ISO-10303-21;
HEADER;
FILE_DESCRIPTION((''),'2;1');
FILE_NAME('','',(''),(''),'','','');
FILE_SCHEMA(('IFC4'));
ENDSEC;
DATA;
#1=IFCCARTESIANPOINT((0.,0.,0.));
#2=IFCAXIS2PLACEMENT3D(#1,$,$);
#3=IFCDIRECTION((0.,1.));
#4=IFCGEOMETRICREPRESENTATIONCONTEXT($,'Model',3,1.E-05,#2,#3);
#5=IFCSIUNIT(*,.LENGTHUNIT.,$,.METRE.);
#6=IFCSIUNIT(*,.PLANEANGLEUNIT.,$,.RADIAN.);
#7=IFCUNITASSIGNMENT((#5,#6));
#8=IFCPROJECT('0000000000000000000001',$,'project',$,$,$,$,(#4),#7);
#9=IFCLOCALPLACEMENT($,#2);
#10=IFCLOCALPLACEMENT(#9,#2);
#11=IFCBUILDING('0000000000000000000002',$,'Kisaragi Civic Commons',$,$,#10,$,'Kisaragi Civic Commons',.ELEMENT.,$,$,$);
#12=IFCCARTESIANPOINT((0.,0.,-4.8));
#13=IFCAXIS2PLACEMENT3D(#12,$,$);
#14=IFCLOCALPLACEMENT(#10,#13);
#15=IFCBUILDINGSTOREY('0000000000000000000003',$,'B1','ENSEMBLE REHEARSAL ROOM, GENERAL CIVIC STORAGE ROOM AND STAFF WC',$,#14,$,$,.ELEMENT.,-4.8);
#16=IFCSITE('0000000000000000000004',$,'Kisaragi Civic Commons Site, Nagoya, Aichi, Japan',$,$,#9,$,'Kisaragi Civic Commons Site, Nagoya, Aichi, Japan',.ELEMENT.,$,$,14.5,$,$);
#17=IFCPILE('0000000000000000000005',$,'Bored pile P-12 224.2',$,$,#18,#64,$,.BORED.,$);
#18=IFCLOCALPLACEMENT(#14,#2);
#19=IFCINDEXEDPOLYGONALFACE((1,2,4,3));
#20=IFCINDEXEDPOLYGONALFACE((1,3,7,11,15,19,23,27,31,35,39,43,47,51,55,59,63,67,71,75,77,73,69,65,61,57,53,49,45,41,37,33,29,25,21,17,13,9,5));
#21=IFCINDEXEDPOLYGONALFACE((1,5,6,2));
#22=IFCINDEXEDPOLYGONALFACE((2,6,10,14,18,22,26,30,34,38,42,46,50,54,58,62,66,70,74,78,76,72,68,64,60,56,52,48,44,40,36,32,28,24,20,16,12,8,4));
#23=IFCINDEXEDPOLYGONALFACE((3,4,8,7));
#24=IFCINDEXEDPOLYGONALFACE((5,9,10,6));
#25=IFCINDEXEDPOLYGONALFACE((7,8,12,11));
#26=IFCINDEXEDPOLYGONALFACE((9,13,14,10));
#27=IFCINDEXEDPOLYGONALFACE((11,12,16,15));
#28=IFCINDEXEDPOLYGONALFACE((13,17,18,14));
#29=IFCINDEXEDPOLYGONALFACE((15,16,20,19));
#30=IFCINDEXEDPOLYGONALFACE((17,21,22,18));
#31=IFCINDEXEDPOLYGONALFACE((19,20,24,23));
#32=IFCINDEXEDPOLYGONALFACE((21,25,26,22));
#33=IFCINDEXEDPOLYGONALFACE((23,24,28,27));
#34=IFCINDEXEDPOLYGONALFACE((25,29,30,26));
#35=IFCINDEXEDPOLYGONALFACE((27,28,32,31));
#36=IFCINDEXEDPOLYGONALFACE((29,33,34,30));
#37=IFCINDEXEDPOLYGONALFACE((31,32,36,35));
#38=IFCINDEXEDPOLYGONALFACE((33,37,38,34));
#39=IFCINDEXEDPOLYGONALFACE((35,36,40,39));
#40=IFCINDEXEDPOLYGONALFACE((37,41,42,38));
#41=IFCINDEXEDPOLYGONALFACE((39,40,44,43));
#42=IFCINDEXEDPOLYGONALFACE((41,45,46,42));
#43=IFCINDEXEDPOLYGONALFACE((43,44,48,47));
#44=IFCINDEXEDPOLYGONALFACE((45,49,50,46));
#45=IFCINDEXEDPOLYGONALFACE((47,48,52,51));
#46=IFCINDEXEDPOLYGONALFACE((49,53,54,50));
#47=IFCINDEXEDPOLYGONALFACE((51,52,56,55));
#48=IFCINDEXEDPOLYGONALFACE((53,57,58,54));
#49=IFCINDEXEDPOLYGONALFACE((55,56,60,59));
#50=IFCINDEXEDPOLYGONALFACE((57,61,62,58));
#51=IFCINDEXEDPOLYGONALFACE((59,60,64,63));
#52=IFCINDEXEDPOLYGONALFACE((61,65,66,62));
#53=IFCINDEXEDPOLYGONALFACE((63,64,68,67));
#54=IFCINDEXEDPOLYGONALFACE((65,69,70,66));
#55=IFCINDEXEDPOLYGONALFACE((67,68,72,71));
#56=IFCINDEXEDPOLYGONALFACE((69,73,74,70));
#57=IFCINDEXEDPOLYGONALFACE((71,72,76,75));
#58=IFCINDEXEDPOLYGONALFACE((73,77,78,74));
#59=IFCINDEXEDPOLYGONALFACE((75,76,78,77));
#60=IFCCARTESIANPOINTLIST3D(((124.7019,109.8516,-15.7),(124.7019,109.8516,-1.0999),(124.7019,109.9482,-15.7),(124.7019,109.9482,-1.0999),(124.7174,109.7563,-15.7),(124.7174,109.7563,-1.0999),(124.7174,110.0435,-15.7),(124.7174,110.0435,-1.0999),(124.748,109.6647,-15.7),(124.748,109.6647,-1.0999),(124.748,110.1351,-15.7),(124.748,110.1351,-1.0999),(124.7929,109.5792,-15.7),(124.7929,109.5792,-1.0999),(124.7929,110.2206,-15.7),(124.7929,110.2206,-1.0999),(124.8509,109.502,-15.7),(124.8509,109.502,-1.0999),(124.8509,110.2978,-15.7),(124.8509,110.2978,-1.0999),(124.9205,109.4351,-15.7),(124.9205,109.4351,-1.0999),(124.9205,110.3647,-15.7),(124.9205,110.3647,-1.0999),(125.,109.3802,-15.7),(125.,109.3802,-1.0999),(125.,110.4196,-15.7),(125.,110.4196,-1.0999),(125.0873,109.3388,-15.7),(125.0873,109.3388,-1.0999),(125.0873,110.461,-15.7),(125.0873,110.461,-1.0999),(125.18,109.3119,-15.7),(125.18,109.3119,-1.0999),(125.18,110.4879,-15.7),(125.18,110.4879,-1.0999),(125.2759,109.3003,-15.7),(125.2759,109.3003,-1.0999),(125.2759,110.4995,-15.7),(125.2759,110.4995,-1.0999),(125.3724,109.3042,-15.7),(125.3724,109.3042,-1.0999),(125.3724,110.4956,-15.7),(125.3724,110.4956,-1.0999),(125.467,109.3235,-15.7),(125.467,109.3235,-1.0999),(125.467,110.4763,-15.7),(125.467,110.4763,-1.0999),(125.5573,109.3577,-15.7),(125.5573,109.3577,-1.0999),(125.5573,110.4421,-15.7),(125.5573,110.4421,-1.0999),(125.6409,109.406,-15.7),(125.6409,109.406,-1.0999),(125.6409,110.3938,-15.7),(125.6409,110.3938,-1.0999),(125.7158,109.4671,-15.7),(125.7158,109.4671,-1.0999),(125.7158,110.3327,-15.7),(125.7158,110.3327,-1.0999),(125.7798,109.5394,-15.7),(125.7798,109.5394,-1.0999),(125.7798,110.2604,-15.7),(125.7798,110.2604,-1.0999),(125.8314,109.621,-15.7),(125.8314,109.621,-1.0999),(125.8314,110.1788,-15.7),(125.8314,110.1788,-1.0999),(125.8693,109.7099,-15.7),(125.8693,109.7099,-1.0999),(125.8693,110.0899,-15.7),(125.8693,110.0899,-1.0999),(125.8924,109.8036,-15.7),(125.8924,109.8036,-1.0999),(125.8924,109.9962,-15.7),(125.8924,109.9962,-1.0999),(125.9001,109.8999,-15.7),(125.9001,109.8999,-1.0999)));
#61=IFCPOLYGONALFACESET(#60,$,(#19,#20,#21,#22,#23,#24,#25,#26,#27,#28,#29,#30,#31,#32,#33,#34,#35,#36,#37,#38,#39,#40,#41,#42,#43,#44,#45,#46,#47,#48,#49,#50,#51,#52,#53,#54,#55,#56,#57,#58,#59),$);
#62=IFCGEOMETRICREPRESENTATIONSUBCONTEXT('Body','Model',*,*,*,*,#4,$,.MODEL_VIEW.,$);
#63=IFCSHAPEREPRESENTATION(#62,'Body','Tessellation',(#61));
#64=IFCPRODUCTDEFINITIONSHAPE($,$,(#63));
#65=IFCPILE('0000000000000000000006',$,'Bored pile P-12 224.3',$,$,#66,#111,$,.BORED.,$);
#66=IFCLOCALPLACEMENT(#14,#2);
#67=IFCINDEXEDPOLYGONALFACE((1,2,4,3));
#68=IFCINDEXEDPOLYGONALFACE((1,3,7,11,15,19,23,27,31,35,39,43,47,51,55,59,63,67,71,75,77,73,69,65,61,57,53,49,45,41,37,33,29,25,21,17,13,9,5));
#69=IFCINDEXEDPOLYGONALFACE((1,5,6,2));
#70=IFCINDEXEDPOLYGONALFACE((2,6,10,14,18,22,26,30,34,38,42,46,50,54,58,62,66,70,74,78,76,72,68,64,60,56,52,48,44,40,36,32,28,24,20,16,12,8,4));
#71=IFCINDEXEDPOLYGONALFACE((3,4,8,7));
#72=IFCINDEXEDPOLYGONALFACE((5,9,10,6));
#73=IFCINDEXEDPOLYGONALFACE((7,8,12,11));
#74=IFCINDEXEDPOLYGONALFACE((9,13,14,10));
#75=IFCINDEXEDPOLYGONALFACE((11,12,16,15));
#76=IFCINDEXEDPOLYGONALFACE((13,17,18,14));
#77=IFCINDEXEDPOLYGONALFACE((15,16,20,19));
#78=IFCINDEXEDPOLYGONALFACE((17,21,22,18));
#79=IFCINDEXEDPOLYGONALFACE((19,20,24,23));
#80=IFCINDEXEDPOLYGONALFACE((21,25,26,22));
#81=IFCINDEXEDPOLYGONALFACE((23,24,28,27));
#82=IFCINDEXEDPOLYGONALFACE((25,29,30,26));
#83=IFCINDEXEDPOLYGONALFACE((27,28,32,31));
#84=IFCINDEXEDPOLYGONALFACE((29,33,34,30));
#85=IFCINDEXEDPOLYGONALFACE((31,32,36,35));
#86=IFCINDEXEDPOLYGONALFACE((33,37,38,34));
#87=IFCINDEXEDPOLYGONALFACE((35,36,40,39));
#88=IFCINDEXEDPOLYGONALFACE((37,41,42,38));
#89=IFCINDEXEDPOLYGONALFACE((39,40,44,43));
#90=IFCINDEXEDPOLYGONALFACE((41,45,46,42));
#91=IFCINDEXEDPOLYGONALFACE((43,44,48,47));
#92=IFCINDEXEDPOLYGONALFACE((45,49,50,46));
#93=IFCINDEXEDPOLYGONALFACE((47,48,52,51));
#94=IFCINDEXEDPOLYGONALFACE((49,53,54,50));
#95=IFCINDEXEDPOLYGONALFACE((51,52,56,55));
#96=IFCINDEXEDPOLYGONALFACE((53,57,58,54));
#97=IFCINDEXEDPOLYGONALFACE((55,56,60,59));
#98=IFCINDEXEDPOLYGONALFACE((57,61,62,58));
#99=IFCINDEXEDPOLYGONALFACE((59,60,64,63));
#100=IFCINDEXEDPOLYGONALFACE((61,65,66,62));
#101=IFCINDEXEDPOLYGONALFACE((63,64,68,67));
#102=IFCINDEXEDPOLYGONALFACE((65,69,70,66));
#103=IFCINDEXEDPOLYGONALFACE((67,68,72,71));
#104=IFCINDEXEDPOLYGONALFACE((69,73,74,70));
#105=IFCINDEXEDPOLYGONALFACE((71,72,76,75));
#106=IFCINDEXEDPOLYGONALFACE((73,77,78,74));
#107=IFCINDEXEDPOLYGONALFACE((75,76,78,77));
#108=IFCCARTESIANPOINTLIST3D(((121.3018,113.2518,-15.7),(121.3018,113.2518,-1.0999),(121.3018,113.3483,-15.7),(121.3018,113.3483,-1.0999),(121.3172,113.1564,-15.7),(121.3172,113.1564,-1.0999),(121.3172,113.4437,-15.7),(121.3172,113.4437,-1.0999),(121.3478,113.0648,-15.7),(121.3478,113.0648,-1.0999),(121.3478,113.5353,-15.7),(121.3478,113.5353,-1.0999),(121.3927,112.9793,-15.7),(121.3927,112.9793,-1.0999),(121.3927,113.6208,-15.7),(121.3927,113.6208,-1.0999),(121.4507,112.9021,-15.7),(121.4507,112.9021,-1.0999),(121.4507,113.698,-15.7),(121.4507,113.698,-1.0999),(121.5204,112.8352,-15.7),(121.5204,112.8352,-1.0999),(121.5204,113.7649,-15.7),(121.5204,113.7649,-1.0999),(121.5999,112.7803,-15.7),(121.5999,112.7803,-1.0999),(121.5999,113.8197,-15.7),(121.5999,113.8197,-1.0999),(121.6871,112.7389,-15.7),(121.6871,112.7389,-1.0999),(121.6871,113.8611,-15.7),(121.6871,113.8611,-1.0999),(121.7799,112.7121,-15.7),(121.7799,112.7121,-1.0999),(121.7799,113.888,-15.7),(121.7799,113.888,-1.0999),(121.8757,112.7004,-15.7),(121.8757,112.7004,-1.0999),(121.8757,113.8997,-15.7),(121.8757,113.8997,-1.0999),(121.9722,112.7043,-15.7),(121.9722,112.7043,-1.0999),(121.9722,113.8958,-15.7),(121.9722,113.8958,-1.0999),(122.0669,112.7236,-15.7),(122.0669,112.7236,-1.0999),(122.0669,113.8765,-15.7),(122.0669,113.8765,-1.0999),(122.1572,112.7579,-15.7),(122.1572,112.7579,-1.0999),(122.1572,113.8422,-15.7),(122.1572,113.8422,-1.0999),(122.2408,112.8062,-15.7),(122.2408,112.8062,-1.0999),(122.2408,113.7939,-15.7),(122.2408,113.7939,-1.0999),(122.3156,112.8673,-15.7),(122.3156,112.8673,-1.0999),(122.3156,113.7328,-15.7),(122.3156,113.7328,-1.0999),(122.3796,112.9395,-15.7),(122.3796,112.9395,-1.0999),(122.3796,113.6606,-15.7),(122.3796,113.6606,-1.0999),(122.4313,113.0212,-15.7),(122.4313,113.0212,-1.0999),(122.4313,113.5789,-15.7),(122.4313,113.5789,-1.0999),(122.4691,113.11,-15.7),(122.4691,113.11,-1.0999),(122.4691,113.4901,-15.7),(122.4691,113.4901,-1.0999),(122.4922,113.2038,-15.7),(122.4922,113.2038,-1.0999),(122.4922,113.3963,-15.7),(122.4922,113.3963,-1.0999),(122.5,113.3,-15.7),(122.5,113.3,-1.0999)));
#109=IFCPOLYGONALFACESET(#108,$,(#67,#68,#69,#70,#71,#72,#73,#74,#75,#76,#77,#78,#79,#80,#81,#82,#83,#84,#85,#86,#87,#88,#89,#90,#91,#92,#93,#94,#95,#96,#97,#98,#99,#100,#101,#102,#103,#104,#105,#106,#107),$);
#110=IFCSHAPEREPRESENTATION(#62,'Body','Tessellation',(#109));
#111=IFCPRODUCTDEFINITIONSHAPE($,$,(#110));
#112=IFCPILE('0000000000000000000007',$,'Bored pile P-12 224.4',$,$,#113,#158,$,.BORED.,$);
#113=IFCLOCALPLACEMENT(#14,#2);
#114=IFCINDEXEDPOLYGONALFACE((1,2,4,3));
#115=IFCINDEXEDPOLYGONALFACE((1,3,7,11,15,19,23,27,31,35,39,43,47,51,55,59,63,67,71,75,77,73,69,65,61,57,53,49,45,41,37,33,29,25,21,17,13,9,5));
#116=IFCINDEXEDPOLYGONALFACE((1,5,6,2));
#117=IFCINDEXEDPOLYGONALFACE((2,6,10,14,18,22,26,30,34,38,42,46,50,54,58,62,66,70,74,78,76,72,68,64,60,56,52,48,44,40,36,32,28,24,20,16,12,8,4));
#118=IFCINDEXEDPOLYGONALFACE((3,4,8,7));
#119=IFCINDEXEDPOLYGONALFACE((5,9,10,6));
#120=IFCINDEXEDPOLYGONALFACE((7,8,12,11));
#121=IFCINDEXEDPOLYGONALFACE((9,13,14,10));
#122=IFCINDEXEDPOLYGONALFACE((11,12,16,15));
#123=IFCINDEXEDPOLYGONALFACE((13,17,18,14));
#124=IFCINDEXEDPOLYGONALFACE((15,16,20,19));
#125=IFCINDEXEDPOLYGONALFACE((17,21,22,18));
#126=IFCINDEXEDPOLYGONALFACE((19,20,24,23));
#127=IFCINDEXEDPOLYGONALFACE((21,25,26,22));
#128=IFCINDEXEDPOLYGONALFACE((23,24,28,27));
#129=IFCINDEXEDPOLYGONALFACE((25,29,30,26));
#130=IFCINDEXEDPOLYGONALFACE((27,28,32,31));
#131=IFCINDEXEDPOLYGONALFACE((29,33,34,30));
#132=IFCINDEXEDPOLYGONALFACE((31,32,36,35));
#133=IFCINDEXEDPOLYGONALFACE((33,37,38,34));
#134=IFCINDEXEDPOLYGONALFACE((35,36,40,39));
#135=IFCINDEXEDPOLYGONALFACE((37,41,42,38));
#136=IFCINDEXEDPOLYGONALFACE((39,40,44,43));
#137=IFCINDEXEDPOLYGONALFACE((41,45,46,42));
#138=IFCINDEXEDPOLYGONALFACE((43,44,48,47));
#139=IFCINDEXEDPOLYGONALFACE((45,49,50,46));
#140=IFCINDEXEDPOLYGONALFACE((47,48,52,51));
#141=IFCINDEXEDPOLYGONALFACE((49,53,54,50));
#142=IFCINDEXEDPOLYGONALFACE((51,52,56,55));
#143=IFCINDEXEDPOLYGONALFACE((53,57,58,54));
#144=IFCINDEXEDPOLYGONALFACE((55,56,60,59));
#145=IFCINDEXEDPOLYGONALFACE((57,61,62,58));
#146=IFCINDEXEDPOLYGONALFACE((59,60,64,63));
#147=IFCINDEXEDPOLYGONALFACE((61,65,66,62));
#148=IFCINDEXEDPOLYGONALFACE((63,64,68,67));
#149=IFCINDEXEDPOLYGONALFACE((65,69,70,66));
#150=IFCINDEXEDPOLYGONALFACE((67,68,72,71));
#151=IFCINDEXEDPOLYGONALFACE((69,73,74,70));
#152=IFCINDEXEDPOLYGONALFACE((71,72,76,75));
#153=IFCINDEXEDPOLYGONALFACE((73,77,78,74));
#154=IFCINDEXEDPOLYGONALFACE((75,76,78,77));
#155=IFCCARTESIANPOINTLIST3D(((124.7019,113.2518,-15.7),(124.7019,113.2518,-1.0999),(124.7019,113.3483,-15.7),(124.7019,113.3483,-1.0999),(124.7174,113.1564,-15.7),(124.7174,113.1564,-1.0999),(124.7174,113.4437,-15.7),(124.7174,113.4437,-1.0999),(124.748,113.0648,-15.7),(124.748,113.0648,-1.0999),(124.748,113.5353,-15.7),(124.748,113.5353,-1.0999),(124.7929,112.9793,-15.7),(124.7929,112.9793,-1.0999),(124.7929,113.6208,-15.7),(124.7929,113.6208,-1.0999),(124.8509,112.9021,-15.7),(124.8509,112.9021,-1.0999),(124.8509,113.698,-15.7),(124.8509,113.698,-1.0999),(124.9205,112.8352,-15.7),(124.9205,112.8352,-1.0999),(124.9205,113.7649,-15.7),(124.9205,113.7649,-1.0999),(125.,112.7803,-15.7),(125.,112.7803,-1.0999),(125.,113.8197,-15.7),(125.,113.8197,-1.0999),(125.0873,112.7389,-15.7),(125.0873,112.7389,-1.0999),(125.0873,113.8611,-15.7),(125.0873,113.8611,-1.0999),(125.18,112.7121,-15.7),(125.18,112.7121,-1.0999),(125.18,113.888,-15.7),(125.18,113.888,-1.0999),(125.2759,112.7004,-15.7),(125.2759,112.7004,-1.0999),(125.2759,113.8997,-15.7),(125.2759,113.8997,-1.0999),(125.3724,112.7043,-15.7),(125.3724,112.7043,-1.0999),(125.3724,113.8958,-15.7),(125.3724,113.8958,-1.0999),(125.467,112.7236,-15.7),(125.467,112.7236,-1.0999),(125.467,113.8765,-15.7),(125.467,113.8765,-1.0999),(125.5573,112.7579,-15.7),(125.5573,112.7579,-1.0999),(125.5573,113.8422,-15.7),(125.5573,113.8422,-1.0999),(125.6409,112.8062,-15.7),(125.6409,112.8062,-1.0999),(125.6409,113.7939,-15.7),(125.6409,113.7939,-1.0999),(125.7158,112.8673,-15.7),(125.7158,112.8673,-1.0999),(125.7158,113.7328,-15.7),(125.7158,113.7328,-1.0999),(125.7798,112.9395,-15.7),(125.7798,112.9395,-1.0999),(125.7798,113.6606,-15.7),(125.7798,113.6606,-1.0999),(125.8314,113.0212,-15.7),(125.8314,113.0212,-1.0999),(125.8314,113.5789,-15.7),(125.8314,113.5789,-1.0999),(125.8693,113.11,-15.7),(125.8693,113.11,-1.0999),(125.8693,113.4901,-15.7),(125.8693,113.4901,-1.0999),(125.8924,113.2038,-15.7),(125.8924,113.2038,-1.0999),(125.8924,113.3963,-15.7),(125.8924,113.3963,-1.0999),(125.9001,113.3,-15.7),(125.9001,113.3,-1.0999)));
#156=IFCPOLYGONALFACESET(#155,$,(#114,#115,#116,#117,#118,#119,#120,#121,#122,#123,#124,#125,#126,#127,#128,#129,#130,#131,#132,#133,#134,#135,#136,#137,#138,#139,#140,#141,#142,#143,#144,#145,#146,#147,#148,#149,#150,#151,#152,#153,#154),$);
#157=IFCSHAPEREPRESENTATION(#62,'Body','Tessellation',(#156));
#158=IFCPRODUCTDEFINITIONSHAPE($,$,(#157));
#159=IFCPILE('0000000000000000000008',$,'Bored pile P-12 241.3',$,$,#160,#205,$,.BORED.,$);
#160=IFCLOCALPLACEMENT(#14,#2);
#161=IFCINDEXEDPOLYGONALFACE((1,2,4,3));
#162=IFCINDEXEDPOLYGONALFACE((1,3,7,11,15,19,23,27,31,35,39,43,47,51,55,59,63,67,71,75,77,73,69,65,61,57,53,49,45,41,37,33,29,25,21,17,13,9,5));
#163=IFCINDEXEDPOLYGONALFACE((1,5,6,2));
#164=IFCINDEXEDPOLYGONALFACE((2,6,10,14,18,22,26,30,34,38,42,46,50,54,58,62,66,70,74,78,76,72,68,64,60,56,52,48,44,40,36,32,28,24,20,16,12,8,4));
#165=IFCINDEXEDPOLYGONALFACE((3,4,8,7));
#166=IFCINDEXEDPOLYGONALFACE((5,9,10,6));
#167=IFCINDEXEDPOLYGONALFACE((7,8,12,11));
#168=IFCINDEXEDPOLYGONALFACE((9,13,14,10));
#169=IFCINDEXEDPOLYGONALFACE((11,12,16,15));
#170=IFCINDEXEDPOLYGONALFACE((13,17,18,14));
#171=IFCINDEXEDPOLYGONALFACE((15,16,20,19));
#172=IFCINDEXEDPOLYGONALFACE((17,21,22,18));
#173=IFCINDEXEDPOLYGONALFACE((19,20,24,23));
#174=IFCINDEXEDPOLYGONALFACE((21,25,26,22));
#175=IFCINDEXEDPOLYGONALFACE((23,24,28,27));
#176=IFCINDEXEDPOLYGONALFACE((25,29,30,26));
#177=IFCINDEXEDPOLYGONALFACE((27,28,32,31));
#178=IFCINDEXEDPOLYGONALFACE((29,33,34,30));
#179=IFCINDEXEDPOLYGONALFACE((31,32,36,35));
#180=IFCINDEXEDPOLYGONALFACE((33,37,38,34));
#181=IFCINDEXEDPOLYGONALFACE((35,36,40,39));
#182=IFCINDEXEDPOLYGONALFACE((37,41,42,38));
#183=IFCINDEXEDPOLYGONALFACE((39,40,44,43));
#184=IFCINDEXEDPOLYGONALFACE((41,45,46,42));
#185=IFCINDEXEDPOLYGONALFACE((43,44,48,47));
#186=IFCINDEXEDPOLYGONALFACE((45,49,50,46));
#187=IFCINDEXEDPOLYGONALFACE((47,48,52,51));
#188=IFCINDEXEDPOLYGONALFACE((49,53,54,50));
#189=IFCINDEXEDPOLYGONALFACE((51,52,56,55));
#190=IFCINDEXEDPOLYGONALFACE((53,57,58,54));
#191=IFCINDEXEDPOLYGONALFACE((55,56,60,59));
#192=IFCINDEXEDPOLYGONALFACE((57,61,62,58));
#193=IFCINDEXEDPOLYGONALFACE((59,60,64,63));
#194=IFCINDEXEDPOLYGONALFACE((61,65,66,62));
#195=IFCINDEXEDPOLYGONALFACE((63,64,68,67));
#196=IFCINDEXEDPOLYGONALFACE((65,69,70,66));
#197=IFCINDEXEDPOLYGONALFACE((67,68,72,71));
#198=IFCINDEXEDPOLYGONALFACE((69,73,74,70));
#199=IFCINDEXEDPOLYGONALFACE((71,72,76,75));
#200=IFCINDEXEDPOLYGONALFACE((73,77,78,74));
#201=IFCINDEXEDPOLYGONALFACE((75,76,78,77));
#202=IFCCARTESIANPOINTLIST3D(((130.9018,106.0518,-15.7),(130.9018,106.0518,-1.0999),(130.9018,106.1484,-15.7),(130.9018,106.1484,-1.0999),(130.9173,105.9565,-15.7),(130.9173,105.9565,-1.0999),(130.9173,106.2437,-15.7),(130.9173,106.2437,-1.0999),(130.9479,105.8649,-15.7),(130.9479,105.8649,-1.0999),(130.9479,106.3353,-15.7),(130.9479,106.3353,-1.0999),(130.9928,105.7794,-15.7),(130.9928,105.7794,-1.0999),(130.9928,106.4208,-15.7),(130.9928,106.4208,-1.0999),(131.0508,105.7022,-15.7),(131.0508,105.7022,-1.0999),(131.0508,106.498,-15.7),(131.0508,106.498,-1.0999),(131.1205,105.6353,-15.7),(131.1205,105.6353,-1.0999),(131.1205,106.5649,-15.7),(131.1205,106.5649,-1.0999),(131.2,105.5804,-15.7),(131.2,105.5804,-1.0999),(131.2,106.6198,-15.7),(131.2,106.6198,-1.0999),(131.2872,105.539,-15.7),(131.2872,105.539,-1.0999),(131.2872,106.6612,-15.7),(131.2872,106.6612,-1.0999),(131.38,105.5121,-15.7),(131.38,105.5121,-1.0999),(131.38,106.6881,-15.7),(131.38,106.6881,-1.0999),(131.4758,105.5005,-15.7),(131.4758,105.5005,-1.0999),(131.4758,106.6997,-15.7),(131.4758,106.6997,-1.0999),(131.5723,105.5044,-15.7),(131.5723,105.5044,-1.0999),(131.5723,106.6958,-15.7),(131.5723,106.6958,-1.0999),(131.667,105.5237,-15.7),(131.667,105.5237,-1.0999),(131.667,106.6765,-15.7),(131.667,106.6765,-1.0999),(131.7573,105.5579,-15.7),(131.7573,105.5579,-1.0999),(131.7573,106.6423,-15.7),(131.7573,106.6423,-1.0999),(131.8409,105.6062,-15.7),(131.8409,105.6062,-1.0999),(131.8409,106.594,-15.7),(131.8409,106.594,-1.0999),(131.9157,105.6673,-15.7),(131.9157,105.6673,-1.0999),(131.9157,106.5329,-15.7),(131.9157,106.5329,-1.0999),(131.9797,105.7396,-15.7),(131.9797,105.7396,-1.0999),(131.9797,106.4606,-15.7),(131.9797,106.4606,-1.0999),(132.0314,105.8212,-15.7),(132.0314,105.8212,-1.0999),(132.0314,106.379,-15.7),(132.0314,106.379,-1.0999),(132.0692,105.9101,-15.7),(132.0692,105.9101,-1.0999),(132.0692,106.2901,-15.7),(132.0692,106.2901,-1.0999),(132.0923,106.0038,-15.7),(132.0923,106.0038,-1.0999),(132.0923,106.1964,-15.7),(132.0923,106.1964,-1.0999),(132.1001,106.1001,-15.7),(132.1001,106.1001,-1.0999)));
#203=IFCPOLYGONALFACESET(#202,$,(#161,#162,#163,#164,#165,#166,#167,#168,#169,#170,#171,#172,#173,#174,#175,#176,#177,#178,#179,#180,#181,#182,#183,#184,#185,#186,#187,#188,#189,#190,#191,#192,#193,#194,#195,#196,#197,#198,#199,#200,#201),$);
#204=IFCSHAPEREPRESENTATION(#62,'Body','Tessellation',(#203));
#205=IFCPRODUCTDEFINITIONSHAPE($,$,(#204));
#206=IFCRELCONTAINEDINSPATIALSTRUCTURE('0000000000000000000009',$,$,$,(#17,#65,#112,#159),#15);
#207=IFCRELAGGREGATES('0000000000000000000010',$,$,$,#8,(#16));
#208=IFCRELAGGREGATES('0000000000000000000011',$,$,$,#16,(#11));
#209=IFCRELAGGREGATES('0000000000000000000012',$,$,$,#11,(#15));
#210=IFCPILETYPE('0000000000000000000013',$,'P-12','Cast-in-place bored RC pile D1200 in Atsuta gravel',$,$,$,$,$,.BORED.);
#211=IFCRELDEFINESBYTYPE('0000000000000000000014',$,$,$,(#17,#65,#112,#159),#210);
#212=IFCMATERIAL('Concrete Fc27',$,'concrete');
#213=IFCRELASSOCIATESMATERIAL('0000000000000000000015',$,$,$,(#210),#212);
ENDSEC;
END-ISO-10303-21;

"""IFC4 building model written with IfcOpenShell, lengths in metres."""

from ifc_helpers import new_model, si_unit, direction, frame, origin, origin_2d, place, context, subcontext, project, spatial, circle, extrude, material, material_profile, profile_set, type_object, element, save


model = new_model("IFC4")

# Units and contexts
model_context = context("Model", 3, precision=1e-05, world=origin(), true_north=direction((0.0, 1.0)))
body_context = subcontext(model_context, "Body", "Model", "MODEL_VIEW")
ifc_project = project(units=[si_unit("LENGTHUNIT", "METRE"), si_unit("PLANEANGLEUNIT", "RADIAN")], contexts=[model_context])

# Site, building, storey
site_placement = place(None, origin())
site = spatial("IfcSite", under=ifc_project, at=site_placement, Name="Kisaragi Civic Commons Site, Nagoya, Aichi, Japan", LongName="Kisaragi Civic Commons Site, Nagoya, Aichi, Japan", CompositionType="ELEMENT", RefElevation=14.5)
building_placement = place(site_placement, origin())
building = spatial("IfcBuilding", under=site, at=building_placement, Name="Kisaragi Civic Commons", LongName="Kisaragi Civic Commons", CompositionType="ELEMENT")
storey_placement = place(building_placement, frame((0.0, 0.0, -4.8)))
storey = spatial("IfcBuildingStorey", under=building, at=storey_placement, Name="B1", Description="ENSEMBLE REHEARSAL ROOM, GENERAL CIVIC STORAGE ROOM AND STAFF WC", CompositionType="ELEMENT", Elevation=-4.8)

# Shared definitions
ifc_material_1 = material(Name="Concrete Fc27", Category="concrete")

# Piles
ifc_material_profile_1 = material_profile(ifc_material_1, circle(Radius=0.6001, at=origin_2d()), Name="PILE-D1200", Category="concrete")
ifc_profile_set_1 = profile_set([ifc_material_profile_1], Name="Concrete Fc27")
pile_type = type_object("IfcPileType", Name="P-12", Description="Cast-in-place bored RC pile D1200 in Atsuta gravel", PredefinedType="BORED", material=ifc_profile_set_1)
for number, where, z_axis, x_axis, name in (
    (1, (125.3, 109.8999, -1.0999), (0.0, 0.0, -1.0), (1.0, 0.0, 0.0), "Bored pile P-12 224.2"),
    (2, (121.8999, 113.3, -1.0999), (0.0, 0.0, -1.0), (1.0, 0.0, 0.0), "Bored pile P-12 224.3"),
    (3, (125.3, 113.3, -1.0999), (0.0, 0.0, -1.0), (1.0, 0.0, 0.0), "Bored pile P-12 224.4"),
    (4, (131.5, 106.1001, -1.0999), (0.0, 0.0, -1.0), (1.0, 0.0, 0.0), "Bored pile P-12 241.3"),
):
    element("IfcPile", number, at=place(storey_placement, frame(where, z_axis=z_axis, x_axis=x_axis)), inside=storey, type_object=pile_type, Name=name, PredefinedType="BORED", context=body_context, shape_type="SweptSolid", body=[
        extrude(circle(Radius=0.6001, at=origin_2d()), origin(), (0.0, 0.0, 1.0), 14.6001),
    ])

save(model, "model.ifc")
